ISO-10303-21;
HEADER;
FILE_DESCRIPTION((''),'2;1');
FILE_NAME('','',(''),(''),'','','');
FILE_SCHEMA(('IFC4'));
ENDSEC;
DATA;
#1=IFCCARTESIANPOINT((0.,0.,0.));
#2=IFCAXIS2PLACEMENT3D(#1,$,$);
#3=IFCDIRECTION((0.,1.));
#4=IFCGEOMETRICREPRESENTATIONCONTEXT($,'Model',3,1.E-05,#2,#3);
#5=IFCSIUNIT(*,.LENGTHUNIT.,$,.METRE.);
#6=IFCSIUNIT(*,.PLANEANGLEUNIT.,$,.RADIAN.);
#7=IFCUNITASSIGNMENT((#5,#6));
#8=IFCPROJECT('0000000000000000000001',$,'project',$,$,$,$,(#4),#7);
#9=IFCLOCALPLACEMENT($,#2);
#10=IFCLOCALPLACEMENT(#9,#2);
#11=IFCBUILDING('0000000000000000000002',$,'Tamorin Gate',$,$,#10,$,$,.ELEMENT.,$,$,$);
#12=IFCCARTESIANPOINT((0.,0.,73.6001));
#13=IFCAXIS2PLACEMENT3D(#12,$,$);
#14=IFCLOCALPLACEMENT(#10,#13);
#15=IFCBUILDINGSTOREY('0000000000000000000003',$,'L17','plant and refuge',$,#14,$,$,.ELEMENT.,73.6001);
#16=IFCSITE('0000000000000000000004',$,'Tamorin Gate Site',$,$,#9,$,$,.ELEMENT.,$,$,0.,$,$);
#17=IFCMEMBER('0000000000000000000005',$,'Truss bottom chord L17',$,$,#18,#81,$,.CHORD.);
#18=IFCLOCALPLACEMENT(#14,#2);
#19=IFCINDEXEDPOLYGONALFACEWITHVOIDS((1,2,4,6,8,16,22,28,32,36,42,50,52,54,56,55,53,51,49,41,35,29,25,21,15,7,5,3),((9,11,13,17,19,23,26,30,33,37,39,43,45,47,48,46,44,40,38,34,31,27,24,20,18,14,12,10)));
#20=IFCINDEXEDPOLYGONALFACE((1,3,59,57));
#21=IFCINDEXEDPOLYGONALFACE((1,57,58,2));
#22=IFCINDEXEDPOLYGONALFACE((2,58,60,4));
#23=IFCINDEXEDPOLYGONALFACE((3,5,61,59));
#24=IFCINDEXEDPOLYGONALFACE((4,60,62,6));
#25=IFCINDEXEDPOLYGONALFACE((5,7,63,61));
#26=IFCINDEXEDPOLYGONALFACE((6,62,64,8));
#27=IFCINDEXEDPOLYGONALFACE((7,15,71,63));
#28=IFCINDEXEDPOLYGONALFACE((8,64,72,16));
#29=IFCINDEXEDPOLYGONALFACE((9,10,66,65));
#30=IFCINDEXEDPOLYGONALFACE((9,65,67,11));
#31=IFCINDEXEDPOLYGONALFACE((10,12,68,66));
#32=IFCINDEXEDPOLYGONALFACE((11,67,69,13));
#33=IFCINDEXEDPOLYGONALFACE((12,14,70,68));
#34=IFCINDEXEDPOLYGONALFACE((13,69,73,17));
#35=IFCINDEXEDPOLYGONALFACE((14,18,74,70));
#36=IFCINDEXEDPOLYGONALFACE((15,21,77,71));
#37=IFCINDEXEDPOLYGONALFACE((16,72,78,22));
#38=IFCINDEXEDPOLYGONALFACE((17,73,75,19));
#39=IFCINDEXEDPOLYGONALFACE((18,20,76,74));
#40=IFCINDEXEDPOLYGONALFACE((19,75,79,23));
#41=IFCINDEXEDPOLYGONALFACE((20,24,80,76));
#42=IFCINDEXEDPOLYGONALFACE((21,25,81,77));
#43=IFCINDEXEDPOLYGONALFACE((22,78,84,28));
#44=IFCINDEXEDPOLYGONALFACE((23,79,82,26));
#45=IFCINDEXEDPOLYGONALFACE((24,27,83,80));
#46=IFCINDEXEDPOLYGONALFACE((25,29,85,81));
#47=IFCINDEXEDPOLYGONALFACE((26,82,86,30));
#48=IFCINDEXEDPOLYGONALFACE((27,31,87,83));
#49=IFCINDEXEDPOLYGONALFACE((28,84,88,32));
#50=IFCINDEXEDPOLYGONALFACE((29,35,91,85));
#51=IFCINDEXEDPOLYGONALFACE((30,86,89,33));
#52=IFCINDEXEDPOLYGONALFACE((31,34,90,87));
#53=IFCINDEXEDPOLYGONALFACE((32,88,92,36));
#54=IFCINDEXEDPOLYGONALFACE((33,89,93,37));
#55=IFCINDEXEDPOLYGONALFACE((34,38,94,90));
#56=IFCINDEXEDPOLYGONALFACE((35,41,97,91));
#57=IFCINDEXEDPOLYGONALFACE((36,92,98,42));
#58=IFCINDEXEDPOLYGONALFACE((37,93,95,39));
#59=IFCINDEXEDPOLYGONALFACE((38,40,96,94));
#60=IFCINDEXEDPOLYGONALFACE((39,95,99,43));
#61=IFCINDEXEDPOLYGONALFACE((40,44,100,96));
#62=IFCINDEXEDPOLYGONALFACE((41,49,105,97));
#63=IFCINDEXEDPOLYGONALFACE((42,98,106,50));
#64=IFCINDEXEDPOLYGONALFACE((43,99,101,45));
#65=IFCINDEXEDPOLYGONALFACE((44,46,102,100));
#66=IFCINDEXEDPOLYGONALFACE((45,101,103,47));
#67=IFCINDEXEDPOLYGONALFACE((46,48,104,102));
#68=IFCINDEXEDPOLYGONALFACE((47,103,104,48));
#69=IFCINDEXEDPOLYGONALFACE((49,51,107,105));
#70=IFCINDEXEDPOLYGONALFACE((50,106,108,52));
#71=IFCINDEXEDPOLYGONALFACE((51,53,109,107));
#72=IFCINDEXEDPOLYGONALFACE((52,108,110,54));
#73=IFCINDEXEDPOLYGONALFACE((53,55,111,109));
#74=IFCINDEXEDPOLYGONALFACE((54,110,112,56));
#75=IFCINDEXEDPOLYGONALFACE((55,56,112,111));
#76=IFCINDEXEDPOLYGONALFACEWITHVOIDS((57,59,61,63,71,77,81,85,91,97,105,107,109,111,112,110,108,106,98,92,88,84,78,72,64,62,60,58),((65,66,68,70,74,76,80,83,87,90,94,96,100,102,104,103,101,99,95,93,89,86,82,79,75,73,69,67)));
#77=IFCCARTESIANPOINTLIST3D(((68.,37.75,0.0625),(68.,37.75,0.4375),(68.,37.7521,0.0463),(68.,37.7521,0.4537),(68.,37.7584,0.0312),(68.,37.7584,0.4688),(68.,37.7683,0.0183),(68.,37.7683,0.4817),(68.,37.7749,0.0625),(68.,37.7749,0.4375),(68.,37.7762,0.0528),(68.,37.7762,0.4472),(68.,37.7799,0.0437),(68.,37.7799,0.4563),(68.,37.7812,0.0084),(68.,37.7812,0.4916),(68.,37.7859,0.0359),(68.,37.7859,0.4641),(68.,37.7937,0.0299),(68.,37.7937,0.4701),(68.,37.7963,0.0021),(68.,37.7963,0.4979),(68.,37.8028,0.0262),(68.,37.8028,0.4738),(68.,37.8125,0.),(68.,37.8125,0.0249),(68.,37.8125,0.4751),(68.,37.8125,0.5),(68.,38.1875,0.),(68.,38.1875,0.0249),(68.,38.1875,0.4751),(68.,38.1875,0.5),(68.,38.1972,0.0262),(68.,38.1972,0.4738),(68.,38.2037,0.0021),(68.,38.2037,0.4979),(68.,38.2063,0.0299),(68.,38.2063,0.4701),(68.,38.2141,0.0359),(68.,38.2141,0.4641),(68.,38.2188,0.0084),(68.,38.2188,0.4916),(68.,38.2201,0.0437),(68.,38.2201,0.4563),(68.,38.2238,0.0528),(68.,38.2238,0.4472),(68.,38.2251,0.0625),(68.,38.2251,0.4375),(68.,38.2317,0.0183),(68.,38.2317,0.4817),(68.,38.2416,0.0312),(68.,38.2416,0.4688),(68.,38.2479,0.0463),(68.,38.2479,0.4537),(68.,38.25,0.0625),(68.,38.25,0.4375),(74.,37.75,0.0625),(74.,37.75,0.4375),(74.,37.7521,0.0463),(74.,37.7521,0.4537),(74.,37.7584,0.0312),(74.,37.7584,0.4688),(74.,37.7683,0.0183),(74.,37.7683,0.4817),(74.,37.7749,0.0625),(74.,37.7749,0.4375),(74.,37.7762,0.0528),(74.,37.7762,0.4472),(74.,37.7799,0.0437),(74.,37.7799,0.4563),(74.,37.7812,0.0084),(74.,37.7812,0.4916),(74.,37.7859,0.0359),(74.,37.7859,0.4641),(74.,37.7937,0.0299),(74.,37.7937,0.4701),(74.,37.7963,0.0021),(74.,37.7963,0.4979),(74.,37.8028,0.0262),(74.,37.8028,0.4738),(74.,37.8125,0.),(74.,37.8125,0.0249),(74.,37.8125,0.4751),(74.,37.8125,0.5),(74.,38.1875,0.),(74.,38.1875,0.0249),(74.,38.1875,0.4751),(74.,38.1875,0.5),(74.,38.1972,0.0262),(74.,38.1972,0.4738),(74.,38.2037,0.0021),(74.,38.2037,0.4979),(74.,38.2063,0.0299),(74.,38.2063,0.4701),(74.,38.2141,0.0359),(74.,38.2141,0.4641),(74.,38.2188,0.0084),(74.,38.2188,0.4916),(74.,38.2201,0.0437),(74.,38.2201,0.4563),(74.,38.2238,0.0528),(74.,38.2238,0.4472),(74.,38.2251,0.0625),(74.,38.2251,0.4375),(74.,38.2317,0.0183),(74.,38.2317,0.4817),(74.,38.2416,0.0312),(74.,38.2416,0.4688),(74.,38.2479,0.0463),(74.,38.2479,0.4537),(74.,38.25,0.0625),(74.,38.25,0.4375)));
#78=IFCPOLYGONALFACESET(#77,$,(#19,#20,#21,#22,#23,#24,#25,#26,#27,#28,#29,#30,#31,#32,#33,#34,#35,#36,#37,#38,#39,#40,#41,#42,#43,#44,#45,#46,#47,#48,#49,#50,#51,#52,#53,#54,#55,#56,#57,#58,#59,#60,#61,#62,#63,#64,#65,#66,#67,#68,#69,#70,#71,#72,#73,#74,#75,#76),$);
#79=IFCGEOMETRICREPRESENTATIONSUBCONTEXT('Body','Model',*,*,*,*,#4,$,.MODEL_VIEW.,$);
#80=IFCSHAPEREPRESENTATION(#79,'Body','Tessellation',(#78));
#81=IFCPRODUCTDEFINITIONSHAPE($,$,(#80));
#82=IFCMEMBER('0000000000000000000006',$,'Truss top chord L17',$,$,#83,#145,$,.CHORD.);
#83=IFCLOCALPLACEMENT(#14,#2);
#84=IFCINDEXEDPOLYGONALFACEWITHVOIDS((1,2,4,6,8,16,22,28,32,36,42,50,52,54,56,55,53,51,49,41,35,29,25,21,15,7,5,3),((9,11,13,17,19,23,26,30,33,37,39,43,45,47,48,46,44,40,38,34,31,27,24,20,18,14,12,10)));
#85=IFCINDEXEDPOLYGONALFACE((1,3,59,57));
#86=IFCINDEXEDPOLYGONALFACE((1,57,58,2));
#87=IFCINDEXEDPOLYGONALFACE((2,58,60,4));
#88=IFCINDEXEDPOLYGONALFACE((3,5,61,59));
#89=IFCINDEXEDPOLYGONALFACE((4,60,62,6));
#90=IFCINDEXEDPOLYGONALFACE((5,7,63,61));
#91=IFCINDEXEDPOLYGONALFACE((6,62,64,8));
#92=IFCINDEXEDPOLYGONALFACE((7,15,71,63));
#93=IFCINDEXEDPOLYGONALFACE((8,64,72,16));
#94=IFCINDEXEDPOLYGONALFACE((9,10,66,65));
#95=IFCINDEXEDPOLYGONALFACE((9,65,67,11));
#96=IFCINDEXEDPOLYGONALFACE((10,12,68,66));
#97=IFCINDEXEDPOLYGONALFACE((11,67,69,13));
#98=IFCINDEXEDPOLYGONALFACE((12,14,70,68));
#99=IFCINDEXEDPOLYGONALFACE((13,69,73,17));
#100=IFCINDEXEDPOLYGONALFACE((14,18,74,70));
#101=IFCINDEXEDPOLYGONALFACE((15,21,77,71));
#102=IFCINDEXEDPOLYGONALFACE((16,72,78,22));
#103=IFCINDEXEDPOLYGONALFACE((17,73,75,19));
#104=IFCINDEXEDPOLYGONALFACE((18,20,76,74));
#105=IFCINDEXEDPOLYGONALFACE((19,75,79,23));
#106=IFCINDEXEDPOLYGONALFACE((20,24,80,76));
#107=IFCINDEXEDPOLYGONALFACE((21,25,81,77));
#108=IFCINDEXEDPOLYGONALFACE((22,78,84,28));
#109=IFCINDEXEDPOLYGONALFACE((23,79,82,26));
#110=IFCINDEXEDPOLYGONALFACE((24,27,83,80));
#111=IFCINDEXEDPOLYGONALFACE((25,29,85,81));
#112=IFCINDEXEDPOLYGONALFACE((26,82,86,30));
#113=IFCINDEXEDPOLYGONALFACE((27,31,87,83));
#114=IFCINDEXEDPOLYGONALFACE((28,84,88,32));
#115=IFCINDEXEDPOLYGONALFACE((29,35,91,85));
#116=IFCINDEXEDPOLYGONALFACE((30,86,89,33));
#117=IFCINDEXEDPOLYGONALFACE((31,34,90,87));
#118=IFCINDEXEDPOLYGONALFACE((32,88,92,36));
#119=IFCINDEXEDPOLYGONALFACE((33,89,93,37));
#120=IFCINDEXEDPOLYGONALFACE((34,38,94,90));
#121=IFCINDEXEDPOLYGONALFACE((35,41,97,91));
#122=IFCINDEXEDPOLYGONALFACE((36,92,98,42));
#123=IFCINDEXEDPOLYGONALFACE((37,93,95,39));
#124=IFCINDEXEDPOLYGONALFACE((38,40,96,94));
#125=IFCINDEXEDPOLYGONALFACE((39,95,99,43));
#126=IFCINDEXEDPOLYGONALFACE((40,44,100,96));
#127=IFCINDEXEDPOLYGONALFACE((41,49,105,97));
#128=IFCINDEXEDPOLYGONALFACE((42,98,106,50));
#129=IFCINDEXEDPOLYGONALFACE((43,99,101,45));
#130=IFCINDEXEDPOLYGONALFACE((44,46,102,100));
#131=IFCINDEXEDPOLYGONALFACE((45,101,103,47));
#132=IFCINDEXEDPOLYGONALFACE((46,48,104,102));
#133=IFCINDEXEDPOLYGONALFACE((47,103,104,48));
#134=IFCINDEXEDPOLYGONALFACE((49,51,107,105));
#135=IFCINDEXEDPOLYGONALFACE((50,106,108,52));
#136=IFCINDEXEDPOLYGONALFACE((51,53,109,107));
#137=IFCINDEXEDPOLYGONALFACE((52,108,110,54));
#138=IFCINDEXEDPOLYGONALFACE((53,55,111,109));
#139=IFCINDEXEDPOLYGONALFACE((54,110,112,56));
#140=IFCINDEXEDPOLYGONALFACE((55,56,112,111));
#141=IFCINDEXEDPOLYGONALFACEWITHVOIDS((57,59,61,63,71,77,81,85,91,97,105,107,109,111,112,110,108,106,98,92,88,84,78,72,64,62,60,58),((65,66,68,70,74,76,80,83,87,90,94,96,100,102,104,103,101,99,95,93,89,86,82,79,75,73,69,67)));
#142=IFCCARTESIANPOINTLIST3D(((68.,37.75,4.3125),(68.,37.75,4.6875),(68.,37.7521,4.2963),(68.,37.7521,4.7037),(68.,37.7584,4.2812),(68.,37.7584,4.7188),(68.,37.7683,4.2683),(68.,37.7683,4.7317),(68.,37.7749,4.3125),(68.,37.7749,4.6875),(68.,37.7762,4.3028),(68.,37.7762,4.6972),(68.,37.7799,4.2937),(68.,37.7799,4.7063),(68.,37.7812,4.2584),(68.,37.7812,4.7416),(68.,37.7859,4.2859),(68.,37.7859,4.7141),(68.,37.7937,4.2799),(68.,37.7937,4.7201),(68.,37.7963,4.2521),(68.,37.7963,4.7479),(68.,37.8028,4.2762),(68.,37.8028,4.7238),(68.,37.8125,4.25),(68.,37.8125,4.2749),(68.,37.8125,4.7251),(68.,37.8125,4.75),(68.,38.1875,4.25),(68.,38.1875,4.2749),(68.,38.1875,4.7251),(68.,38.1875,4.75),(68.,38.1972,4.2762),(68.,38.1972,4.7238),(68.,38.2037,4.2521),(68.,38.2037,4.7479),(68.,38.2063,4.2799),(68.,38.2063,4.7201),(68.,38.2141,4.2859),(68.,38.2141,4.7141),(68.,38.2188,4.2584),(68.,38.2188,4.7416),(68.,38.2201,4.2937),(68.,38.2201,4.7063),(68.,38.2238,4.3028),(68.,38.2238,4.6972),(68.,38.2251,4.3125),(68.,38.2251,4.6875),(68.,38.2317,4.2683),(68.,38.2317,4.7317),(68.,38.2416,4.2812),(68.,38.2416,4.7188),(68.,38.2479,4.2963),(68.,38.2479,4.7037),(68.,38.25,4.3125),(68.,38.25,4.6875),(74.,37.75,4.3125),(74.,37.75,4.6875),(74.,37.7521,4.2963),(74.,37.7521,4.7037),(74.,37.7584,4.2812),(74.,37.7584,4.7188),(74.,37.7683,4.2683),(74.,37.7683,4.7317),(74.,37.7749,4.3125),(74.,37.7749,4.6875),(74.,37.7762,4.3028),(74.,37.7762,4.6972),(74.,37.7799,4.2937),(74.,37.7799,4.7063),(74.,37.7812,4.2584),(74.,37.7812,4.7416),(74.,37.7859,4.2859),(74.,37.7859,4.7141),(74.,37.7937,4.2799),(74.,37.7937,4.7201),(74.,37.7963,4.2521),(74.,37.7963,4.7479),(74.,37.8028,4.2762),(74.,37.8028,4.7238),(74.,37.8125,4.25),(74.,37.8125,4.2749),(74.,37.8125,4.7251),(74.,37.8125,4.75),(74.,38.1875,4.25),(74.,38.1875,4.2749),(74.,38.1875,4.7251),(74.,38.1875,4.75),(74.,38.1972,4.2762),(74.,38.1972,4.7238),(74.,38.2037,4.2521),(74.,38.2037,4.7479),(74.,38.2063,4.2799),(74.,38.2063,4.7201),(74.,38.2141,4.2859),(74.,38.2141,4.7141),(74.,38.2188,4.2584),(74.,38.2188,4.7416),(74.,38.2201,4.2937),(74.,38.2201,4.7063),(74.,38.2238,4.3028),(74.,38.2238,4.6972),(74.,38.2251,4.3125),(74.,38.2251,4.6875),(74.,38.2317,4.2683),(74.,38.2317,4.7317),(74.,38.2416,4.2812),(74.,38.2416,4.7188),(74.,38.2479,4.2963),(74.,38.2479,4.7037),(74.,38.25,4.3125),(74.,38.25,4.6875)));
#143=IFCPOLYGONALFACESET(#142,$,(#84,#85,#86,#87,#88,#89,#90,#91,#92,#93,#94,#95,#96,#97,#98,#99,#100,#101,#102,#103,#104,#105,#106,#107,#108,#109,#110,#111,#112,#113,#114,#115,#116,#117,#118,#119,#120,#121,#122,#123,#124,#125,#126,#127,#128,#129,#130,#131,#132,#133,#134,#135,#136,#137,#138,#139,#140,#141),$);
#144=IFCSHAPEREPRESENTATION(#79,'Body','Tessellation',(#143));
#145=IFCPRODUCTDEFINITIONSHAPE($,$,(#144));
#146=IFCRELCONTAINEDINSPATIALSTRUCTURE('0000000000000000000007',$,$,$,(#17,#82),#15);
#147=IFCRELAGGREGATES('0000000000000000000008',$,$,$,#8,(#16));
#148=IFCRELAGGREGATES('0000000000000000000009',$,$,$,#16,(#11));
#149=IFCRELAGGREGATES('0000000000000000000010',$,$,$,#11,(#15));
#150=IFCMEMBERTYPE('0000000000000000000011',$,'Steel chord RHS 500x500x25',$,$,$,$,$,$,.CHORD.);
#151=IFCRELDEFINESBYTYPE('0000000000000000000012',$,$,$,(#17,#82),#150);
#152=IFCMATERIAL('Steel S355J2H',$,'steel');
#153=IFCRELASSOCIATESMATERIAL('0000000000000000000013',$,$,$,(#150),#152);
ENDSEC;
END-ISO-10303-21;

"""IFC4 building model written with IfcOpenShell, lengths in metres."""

from ifc_helpers import new_model, si_unit, direction, frame, origin, origin_2d, place, context, subcontext, project, spatial, hollow_rectangle, extrude, material, material_profile, profile_set, type_object, element, save


model = new_model("IFC4")

# Units and contexts
model_context = context("Model", 3, precision=1e-05, world=origin(), true_north=direction((0.0, 1.0)))
body_context = subcontext(model_context, "Body", "Model", "MODEL_VIEW")
ifc_project = project(units=[si_unit("LENGTHUNIT", "METRE"), si_unit("PLANEANGLEUNIT", "RADIAN")], contexts=[model_context])

# Site, building, storey
site_placement = place(None, origin())
site = spatial("IfcSite", under=ifc_project, at=site_placement, Name="Tamorin Gate Site", CompositionType="ELEMENT", RefElevation=0.0)
building_placement = place(site_placement, origin())
building = spatial("IfcBuilding", under=site, at=building_placement, Name="Tamorin Gate", CompositionType="ELEMENT")
storey_placement = place(building_placement, frame((0.0, 0.0, 73.6001)))
storey = spatial("IfcBuildingStorey", under=building, at=storey_placement, Name="L17", Description="plant and refuge", CompositionType="ELEMENT", Elevation=73.6001)

# Members
ifc_material_1 = material(Name="Steel S355J2H", Category="steel")
ifc_material_profile_1 = material_profile(ifc_material_1, hollow_rectangle(XDim=0.5, YDim=0.5, WallThickness=0.0249, InnerFilletRadius=0.0376, OuterFilletRadius=0.0625, at=origin_2d()), Name="RHS 500x500x25")
ifc_profile_set_1 = profile_set([ifc_material_profile_1], Name="Steel S355J2H")
member_type_1 = type_object("IfcMemberType", Name="Steel chord RHS 500x500x25", PredefinedType="CHORD", material=ifc_profile_set_1)
for number, where, z_axis, x_axis, name in (
    (1, (68.0, 38.0, 0.25), (1.0, 0.0, 0.0), (0.0, 1.0, 0.0), "Truss bottom chord L17"),
    (2, (68.0, 38.0, 4.5), (1.0, 0.0, 0.0), (0.0, 1.0, 0.0), "Truss top chord L17"),
):
    element("IfcMember", number, at=place(storey_placement, frame(where, z_axis=z_axis, x_axis=x_axis)), inside=storey, type_object=member_type_1, Name=name, PredefinedType="CHORD", context=body_context, shape_type="SweptSolid", body=[
        extrude(hollow_rectangle(XDim=0.5, YDim=0.5, WallThickness=0.0249, InnerFilletRadius=0.0376, OuterFilletRadius=0.0625, at=origin_2d()), origin(), (0.0, 0.0, 1.0), 6.0),
    ])

save(model, "model.ifc")
